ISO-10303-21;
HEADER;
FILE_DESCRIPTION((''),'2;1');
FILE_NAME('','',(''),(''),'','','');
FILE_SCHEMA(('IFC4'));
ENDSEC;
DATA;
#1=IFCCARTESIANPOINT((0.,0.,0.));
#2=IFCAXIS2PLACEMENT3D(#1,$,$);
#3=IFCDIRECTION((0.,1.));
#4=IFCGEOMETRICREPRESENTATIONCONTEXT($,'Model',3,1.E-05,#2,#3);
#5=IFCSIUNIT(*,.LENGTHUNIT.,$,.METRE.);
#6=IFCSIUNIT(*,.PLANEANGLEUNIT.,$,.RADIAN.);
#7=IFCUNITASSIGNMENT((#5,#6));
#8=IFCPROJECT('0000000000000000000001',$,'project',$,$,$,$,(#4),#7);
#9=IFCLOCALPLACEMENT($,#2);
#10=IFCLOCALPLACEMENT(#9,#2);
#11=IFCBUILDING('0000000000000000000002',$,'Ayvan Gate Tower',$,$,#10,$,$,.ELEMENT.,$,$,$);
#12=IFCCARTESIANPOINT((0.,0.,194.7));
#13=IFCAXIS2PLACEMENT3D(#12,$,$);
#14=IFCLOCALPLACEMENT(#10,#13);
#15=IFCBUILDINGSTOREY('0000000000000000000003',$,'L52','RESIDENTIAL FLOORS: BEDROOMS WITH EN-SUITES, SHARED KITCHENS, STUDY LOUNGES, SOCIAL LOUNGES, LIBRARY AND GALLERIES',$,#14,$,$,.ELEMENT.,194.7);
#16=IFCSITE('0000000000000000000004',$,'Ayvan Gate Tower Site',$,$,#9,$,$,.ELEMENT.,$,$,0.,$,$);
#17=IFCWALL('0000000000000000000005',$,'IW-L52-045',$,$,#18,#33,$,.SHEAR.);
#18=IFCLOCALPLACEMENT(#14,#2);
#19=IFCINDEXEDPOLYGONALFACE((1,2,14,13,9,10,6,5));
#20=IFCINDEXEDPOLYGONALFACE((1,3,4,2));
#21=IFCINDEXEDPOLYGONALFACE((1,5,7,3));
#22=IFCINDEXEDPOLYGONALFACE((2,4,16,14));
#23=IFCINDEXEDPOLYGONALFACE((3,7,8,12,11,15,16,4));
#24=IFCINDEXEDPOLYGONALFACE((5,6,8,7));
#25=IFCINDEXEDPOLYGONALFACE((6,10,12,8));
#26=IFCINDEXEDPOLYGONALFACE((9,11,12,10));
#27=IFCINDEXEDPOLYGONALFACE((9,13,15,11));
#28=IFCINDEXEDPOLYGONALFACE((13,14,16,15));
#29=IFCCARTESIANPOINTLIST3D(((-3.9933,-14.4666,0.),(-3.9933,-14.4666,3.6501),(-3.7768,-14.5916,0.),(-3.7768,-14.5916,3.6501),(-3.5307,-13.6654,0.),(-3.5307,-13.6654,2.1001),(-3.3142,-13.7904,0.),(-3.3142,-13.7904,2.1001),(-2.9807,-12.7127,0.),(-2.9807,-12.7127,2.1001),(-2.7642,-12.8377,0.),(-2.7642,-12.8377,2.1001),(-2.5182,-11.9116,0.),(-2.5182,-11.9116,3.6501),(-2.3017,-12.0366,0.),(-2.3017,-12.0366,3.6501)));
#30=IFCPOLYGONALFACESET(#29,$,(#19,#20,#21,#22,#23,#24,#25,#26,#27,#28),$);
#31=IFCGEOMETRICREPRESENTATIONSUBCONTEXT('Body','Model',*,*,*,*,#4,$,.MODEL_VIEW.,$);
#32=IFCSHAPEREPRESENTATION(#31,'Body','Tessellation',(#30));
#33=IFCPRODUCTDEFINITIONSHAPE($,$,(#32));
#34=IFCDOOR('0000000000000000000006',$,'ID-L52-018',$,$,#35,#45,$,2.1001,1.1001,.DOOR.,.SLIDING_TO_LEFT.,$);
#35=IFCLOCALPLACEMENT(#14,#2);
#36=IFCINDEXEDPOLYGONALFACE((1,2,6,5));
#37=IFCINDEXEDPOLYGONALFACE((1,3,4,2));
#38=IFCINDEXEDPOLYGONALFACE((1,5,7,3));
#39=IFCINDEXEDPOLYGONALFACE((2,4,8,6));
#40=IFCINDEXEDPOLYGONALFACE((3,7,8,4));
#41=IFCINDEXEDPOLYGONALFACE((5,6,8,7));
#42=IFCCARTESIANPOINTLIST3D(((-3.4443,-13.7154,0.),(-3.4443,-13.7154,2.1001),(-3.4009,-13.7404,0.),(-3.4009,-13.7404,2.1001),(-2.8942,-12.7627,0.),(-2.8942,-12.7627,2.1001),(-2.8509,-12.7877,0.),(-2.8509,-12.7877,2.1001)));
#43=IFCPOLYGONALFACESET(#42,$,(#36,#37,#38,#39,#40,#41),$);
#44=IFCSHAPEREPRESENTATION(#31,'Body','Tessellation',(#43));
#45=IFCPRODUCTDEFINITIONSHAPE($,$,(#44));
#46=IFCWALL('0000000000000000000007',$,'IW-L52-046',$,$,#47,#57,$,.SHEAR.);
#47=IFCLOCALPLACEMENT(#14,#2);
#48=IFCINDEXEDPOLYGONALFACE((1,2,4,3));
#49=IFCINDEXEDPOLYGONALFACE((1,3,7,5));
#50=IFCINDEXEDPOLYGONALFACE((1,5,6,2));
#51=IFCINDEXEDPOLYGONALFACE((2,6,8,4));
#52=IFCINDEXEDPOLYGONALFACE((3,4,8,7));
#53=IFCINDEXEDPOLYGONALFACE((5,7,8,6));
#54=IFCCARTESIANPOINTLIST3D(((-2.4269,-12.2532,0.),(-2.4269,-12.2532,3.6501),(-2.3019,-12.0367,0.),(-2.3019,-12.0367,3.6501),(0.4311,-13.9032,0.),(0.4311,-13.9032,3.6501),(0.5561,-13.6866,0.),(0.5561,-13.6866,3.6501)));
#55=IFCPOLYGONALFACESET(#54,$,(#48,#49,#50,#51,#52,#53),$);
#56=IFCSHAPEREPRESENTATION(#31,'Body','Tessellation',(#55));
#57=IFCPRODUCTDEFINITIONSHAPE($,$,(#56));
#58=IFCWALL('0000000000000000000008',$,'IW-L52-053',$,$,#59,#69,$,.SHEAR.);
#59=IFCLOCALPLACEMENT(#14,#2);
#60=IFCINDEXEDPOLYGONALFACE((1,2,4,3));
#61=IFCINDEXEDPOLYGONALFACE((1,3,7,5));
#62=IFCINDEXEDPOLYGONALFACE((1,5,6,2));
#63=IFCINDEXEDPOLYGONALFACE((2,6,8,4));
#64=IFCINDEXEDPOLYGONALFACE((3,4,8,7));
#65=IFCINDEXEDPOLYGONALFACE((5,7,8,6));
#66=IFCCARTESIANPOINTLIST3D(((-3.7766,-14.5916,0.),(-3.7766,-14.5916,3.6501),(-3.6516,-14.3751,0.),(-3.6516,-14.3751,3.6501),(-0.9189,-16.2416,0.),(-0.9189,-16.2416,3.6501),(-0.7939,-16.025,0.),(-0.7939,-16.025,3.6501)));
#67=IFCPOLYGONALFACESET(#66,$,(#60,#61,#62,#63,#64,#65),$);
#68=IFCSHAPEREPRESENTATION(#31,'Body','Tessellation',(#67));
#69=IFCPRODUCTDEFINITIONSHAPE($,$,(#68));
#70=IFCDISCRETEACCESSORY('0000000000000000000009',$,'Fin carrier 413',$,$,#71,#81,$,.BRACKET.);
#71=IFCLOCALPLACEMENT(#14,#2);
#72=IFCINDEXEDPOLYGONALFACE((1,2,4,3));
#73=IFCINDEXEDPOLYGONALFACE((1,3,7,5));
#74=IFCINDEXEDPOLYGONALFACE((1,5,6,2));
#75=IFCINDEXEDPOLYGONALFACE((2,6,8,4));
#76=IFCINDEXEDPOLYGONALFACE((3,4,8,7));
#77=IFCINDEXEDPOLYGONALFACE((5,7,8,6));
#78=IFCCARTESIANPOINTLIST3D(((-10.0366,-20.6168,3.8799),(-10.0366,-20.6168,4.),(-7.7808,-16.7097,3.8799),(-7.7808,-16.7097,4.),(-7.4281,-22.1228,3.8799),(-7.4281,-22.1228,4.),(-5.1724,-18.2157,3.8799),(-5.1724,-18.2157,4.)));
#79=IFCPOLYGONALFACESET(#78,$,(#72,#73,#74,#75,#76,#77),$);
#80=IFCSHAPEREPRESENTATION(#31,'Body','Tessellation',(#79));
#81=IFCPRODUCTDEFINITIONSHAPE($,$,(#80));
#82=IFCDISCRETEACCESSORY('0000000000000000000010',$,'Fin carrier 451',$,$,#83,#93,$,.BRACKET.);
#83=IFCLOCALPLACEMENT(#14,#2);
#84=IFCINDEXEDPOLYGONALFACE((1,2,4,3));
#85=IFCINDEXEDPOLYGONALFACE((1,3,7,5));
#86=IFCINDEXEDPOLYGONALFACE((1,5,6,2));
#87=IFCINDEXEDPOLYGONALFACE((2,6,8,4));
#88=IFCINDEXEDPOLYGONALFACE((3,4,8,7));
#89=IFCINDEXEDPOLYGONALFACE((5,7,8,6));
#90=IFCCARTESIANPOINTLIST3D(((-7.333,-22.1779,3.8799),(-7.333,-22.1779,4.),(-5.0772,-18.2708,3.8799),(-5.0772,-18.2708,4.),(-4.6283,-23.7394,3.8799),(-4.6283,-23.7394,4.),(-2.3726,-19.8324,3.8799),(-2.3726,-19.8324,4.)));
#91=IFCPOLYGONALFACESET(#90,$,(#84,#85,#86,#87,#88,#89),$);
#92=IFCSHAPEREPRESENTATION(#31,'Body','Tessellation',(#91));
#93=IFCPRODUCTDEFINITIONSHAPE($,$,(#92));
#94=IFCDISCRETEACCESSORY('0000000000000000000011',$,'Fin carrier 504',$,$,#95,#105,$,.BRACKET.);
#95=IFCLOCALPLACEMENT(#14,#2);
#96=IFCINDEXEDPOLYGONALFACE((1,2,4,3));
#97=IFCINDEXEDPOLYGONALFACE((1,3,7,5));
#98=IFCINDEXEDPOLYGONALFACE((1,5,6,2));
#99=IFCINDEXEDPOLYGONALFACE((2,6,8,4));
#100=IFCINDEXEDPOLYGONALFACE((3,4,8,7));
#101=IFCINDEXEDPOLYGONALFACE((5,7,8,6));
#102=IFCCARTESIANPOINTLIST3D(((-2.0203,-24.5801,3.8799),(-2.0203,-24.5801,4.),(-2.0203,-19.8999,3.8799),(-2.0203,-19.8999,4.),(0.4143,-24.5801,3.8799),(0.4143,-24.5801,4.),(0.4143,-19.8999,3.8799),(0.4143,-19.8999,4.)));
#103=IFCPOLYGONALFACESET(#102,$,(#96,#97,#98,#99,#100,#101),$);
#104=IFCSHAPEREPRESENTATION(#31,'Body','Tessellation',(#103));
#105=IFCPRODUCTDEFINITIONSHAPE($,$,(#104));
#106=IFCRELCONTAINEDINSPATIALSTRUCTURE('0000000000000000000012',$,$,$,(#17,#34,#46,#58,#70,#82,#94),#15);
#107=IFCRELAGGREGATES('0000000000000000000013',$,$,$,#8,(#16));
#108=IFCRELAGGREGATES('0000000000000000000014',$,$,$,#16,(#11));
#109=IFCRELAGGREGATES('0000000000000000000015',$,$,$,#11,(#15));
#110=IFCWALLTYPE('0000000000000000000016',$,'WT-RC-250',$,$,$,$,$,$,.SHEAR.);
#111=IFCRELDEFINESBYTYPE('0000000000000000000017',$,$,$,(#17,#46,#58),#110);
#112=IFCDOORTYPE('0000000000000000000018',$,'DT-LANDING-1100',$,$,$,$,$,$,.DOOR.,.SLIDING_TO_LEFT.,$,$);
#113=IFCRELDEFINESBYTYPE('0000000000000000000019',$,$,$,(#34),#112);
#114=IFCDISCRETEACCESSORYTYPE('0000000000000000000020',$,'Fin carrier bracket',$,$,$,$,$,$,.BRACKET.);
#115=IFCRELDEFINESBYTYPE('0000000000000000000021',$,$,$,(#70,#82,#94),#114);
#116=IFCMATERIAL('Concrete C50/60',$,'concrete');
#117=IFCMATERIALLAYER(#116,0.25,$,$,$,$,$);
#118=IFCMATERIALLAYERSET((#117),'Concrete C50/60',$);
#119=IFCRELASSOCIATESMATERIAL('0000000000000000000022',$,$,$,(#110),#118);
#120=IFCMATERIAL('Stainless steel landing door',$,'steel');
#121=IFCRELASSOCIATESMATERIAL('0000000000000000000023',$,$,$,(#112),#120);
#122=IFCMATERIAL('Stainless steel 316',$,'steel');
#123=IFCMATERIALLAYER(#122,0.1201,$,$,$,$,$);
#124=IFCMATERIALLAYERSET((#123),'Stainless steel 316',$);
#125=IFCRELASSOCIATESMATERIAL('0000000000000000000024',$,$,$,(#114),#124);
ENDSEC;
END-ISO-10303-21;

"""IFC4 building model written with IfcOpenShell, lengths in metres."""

from ifc_helpers import new_model, si_unit, direction, frame, frame_2d, origin, origin_2d, place, context, subcontext, project, spatial, rectangle, extrude, material, layer, layer_set, type_object, element, fill, save


model = new_model("IFC4")

# Units and contexts
model_context = context("Model", 3, precision=1e-05, world=origin(), true_north=direction((0.0, 1.0)))
body_context = subcontext(model_context, "Body", "Model", "MODEL_VIEW")
ifc_project = project(units=[si_unit("LENGTHUNIT", "METRE"), si_unit("PLANEANGLEUNIT", "RADIAN")], contexts=[model_context])

# Site, building, storey
site_placement = place(None, origin())
site = spatial("IfcSite", under=ifc_project, at=site_placement, Name="Ayvan Gate Tower Site", CompositionType="ELEMENT", RefElevation=0.0)
building_placement = place(site_placement, origin())
building = spatial("IfcBuilding", under=site, at=building_placement, Name="Ayvan Gate Tower", CompositionType="ELEMENT")
storey_placement = place(building_placement, frame((0.0, 0.0, 194.7)))
storey = spatial("IfcBuildingStorey", under=building, at=storey_placement, Name="L52", Description="RESIDENTIAL FLOORS: BEDROOMS WITH EN-SUITES, SHARED KITCHENS, STUDY LOUNGES, SOCIAL LOUNGES, LIBRARY AND GALLERIES", CompositionType="ELEMENT", Elevation=194.7)

# Shared definitions
ifc_material_1 = material(Name="Concrete C50/60", Category="concrete")
ifc_layer_1 = layer(ifc_material_1, 0.25)
ifc_layer_set_1 = layer_set([ifc_layer_1], Name="Concrete C50/60")
wall_type_1 = type_object("IfcWallType", Name="WT-RC-250", PredefinedType="SHEAR", material=ifc_layer_set_1)

# Wall, opening, door
wall_1_placement = place(storey_placement, frame((-2.4099, -11.9741, 0.0), z_axis=(0.0, 0.0, 1.0), x_axis=(-0.500002, -0.866024, 0.0)))
wall_1 = element("IfcWall", 1, at=wall_1_placement, inside=storey, type_object=wall_type_1, Name="IW-L52-045", PredefinedType="SHEAR", context=body_context, shape_type="SweptSolid", body=[
    extrude(rectangle(XDim=2.9502, YDim=0.25, at=frame_2d((1.4751, 0.0))), origin(), (0.0, 0.0, 1.0), 3.6501),
])
opening_1_placement = place(wall_1_placement, frame((0.925, 0.0, 0.0)))
opening_1 = element("IfcOpeningElement", 2, at=opening_1_placement, cuts=wall_1, PredefinedType="OPENING", context=body_context, shape_type="SweptSolid", body=[
    extrude(rectangle(XDim=1.1001, YDim=2.1001, at=frame_2d((0.55, 1.05))), frame((0.0, 0.135, 0.0), z_axis=(0.0, -1.0, 0.0), x_axis=(1.0, 0.0, 0.0)), (0.0, 0.0, 1.0), 0.27),
])
ifc_material_2 = material(Name="Stainless steel landing door", Category="steel")
door_type_1 = type_object("IfcDoorType", Name="DT-LANDING-1100", OperationType="SLIDING_TO_LEFT", PredefinedType="DOOR", material=ifc_material_2)
door_1_placement = place(opening_1_placement, origin())
door_1 = element("IfcDoor", 3, at=door_1_placement, inside=storey, type_object=door_type_1, Name="ID-L52-018", OperationType="SLIDING_TO_LEFT", OverallHeight=2.1001, OverallWidth=1.1001, PredefinedType="DOOR", context=body_context, shape_type="SweptSolid", body=[
    extrude(rectangle(XDim=1.1001, YDim=2.1001, at=frame_2d((0.55, 1.05))), frame((0.0, 0.0249, 0.0), z_axis=(0.0, -1.0, 0.0), x_axis=(1.0, 0.0, 0.0)), (0.0, 0.0, 1.0), 0.05),
])
fill(opening_1, door_1)

# Walls
wall_2_placement = place(storey_placement, frame((-2.3643, -12.145, 0.0), z_axis=(0.0, 0.0, 1.0), x_axis=(0.86604, -0.499974, 0.0)))
element("IfcWall", 4, at=wall_2_placement, inside=storey, type_object=wall_type_1, Name="IW-L52-046", PredefinedType="SHEAR", context=body_context, shape_type="SweptSolid", body=[
    extrude(rectangle(XDim=3.3, YDim=0.25, at=frame_2d((1.6499, 0.0))), origin(), (0.0, 0.0, 1.0), 3.6501),
])
wall_3_placement = place(storey_placement, frame((-0.8564, -16.1333, 0.0), z_axis=(0.0, 0.0, 1.0), x_axis=(-0.866022, 0.500006, 0.0)))
element("IfcWall", 5, at=wall_3_placement, inside=storey, type_object=wall_type_1, Name="IW-L52-053", PredefinedType="SHEAR", context=body_context, shape_type="SweptSolid", body=[
    extrude(rectangle(XDim=3.2998, YDim=0.25, at=frame_2d((1.6499, 0.0))), origin(), (0.0, 0.0, 1.0), 3.6501),
])

# Discrete accessories
ifc_material_3 = material(Name="Stainless steel 316", Category="steel")
ifc_layer_2 = layer(ifc_material_3, 0.1201)
ifc_layer_set_2 = layer_set([ifc_layer_2], Name="Stainless steel 316")
discrete_accessory_type = type_object("IfcDiscreteAccessoryType", Name="Fin carrier bracket", PredefinedType="BRACKET", material=ifc_layer_set_2)
discrete_accessory_1_placement = place(storey_placement, frame((-7.6045, -19.4163, 3.8799), z_axis=(0.0, 0.0, 1.0), x_axis=(0.866025, -0.5, 0.0)))
element("IfcDiscreteAccessory", 6, at=discrete_accessory_1_placement, inside=storey, type_object=discrete_accessory_type, Name="Fin carrier 413", PredefinedType="BRACKET", context=body_context, shape_type="SweptSolid", body=[
    extrude(rectangle(XDim=3.012, YDim=4.5115, at=origin_2d()), origin(), (0.0, 0.0, 1.0), 0.1201),
])
discrete_accessory_2_placement = place(storey_placement, frame((-4.8528, -21.0051, 3.8799), z_axis=(0.0, 0.0, 1.0), x_axis=(0.866025, -0.5, 0.0)))
element("IfcDiscreteAccessory", 7, at=discrete_accessory_2_placement, inside=storey, type_object=discrete_accessory_type, Name="Fin carrier 451", PredefinedType="BRACKET", context=body_context, shape_type="SweptSolid", body=[
    extrude(rectangle(XDim=3.123, YDim=4.5115, at=origin_2d()), origin(), (0.0, 0.0, 1.0), 0.1201),
])
discrete_accessory_3_placement = place(storey_placement, frame((-0.803, -22.24, 3.8799), z_axis=(0.0, 0.0, 1.0), x_axis=(1.0, 0.0, 0.0)))
element("IfcDiscreteAccessory", 8, at=discrete_accessory_3_placement, inside=storey, type_object=discrete_accessory_type, Name="Fin carrier 504", PredefinedType="BRACKET", context=body_context, shape_type="SweptSolid", body=[
    extrude(rectangle(XDim=2.4346, YDim=4.6802, at=origin_2d()), origin(), (0.0, 0.0, 1.0), 0.1201),
])

save(model, "model.ifc")
